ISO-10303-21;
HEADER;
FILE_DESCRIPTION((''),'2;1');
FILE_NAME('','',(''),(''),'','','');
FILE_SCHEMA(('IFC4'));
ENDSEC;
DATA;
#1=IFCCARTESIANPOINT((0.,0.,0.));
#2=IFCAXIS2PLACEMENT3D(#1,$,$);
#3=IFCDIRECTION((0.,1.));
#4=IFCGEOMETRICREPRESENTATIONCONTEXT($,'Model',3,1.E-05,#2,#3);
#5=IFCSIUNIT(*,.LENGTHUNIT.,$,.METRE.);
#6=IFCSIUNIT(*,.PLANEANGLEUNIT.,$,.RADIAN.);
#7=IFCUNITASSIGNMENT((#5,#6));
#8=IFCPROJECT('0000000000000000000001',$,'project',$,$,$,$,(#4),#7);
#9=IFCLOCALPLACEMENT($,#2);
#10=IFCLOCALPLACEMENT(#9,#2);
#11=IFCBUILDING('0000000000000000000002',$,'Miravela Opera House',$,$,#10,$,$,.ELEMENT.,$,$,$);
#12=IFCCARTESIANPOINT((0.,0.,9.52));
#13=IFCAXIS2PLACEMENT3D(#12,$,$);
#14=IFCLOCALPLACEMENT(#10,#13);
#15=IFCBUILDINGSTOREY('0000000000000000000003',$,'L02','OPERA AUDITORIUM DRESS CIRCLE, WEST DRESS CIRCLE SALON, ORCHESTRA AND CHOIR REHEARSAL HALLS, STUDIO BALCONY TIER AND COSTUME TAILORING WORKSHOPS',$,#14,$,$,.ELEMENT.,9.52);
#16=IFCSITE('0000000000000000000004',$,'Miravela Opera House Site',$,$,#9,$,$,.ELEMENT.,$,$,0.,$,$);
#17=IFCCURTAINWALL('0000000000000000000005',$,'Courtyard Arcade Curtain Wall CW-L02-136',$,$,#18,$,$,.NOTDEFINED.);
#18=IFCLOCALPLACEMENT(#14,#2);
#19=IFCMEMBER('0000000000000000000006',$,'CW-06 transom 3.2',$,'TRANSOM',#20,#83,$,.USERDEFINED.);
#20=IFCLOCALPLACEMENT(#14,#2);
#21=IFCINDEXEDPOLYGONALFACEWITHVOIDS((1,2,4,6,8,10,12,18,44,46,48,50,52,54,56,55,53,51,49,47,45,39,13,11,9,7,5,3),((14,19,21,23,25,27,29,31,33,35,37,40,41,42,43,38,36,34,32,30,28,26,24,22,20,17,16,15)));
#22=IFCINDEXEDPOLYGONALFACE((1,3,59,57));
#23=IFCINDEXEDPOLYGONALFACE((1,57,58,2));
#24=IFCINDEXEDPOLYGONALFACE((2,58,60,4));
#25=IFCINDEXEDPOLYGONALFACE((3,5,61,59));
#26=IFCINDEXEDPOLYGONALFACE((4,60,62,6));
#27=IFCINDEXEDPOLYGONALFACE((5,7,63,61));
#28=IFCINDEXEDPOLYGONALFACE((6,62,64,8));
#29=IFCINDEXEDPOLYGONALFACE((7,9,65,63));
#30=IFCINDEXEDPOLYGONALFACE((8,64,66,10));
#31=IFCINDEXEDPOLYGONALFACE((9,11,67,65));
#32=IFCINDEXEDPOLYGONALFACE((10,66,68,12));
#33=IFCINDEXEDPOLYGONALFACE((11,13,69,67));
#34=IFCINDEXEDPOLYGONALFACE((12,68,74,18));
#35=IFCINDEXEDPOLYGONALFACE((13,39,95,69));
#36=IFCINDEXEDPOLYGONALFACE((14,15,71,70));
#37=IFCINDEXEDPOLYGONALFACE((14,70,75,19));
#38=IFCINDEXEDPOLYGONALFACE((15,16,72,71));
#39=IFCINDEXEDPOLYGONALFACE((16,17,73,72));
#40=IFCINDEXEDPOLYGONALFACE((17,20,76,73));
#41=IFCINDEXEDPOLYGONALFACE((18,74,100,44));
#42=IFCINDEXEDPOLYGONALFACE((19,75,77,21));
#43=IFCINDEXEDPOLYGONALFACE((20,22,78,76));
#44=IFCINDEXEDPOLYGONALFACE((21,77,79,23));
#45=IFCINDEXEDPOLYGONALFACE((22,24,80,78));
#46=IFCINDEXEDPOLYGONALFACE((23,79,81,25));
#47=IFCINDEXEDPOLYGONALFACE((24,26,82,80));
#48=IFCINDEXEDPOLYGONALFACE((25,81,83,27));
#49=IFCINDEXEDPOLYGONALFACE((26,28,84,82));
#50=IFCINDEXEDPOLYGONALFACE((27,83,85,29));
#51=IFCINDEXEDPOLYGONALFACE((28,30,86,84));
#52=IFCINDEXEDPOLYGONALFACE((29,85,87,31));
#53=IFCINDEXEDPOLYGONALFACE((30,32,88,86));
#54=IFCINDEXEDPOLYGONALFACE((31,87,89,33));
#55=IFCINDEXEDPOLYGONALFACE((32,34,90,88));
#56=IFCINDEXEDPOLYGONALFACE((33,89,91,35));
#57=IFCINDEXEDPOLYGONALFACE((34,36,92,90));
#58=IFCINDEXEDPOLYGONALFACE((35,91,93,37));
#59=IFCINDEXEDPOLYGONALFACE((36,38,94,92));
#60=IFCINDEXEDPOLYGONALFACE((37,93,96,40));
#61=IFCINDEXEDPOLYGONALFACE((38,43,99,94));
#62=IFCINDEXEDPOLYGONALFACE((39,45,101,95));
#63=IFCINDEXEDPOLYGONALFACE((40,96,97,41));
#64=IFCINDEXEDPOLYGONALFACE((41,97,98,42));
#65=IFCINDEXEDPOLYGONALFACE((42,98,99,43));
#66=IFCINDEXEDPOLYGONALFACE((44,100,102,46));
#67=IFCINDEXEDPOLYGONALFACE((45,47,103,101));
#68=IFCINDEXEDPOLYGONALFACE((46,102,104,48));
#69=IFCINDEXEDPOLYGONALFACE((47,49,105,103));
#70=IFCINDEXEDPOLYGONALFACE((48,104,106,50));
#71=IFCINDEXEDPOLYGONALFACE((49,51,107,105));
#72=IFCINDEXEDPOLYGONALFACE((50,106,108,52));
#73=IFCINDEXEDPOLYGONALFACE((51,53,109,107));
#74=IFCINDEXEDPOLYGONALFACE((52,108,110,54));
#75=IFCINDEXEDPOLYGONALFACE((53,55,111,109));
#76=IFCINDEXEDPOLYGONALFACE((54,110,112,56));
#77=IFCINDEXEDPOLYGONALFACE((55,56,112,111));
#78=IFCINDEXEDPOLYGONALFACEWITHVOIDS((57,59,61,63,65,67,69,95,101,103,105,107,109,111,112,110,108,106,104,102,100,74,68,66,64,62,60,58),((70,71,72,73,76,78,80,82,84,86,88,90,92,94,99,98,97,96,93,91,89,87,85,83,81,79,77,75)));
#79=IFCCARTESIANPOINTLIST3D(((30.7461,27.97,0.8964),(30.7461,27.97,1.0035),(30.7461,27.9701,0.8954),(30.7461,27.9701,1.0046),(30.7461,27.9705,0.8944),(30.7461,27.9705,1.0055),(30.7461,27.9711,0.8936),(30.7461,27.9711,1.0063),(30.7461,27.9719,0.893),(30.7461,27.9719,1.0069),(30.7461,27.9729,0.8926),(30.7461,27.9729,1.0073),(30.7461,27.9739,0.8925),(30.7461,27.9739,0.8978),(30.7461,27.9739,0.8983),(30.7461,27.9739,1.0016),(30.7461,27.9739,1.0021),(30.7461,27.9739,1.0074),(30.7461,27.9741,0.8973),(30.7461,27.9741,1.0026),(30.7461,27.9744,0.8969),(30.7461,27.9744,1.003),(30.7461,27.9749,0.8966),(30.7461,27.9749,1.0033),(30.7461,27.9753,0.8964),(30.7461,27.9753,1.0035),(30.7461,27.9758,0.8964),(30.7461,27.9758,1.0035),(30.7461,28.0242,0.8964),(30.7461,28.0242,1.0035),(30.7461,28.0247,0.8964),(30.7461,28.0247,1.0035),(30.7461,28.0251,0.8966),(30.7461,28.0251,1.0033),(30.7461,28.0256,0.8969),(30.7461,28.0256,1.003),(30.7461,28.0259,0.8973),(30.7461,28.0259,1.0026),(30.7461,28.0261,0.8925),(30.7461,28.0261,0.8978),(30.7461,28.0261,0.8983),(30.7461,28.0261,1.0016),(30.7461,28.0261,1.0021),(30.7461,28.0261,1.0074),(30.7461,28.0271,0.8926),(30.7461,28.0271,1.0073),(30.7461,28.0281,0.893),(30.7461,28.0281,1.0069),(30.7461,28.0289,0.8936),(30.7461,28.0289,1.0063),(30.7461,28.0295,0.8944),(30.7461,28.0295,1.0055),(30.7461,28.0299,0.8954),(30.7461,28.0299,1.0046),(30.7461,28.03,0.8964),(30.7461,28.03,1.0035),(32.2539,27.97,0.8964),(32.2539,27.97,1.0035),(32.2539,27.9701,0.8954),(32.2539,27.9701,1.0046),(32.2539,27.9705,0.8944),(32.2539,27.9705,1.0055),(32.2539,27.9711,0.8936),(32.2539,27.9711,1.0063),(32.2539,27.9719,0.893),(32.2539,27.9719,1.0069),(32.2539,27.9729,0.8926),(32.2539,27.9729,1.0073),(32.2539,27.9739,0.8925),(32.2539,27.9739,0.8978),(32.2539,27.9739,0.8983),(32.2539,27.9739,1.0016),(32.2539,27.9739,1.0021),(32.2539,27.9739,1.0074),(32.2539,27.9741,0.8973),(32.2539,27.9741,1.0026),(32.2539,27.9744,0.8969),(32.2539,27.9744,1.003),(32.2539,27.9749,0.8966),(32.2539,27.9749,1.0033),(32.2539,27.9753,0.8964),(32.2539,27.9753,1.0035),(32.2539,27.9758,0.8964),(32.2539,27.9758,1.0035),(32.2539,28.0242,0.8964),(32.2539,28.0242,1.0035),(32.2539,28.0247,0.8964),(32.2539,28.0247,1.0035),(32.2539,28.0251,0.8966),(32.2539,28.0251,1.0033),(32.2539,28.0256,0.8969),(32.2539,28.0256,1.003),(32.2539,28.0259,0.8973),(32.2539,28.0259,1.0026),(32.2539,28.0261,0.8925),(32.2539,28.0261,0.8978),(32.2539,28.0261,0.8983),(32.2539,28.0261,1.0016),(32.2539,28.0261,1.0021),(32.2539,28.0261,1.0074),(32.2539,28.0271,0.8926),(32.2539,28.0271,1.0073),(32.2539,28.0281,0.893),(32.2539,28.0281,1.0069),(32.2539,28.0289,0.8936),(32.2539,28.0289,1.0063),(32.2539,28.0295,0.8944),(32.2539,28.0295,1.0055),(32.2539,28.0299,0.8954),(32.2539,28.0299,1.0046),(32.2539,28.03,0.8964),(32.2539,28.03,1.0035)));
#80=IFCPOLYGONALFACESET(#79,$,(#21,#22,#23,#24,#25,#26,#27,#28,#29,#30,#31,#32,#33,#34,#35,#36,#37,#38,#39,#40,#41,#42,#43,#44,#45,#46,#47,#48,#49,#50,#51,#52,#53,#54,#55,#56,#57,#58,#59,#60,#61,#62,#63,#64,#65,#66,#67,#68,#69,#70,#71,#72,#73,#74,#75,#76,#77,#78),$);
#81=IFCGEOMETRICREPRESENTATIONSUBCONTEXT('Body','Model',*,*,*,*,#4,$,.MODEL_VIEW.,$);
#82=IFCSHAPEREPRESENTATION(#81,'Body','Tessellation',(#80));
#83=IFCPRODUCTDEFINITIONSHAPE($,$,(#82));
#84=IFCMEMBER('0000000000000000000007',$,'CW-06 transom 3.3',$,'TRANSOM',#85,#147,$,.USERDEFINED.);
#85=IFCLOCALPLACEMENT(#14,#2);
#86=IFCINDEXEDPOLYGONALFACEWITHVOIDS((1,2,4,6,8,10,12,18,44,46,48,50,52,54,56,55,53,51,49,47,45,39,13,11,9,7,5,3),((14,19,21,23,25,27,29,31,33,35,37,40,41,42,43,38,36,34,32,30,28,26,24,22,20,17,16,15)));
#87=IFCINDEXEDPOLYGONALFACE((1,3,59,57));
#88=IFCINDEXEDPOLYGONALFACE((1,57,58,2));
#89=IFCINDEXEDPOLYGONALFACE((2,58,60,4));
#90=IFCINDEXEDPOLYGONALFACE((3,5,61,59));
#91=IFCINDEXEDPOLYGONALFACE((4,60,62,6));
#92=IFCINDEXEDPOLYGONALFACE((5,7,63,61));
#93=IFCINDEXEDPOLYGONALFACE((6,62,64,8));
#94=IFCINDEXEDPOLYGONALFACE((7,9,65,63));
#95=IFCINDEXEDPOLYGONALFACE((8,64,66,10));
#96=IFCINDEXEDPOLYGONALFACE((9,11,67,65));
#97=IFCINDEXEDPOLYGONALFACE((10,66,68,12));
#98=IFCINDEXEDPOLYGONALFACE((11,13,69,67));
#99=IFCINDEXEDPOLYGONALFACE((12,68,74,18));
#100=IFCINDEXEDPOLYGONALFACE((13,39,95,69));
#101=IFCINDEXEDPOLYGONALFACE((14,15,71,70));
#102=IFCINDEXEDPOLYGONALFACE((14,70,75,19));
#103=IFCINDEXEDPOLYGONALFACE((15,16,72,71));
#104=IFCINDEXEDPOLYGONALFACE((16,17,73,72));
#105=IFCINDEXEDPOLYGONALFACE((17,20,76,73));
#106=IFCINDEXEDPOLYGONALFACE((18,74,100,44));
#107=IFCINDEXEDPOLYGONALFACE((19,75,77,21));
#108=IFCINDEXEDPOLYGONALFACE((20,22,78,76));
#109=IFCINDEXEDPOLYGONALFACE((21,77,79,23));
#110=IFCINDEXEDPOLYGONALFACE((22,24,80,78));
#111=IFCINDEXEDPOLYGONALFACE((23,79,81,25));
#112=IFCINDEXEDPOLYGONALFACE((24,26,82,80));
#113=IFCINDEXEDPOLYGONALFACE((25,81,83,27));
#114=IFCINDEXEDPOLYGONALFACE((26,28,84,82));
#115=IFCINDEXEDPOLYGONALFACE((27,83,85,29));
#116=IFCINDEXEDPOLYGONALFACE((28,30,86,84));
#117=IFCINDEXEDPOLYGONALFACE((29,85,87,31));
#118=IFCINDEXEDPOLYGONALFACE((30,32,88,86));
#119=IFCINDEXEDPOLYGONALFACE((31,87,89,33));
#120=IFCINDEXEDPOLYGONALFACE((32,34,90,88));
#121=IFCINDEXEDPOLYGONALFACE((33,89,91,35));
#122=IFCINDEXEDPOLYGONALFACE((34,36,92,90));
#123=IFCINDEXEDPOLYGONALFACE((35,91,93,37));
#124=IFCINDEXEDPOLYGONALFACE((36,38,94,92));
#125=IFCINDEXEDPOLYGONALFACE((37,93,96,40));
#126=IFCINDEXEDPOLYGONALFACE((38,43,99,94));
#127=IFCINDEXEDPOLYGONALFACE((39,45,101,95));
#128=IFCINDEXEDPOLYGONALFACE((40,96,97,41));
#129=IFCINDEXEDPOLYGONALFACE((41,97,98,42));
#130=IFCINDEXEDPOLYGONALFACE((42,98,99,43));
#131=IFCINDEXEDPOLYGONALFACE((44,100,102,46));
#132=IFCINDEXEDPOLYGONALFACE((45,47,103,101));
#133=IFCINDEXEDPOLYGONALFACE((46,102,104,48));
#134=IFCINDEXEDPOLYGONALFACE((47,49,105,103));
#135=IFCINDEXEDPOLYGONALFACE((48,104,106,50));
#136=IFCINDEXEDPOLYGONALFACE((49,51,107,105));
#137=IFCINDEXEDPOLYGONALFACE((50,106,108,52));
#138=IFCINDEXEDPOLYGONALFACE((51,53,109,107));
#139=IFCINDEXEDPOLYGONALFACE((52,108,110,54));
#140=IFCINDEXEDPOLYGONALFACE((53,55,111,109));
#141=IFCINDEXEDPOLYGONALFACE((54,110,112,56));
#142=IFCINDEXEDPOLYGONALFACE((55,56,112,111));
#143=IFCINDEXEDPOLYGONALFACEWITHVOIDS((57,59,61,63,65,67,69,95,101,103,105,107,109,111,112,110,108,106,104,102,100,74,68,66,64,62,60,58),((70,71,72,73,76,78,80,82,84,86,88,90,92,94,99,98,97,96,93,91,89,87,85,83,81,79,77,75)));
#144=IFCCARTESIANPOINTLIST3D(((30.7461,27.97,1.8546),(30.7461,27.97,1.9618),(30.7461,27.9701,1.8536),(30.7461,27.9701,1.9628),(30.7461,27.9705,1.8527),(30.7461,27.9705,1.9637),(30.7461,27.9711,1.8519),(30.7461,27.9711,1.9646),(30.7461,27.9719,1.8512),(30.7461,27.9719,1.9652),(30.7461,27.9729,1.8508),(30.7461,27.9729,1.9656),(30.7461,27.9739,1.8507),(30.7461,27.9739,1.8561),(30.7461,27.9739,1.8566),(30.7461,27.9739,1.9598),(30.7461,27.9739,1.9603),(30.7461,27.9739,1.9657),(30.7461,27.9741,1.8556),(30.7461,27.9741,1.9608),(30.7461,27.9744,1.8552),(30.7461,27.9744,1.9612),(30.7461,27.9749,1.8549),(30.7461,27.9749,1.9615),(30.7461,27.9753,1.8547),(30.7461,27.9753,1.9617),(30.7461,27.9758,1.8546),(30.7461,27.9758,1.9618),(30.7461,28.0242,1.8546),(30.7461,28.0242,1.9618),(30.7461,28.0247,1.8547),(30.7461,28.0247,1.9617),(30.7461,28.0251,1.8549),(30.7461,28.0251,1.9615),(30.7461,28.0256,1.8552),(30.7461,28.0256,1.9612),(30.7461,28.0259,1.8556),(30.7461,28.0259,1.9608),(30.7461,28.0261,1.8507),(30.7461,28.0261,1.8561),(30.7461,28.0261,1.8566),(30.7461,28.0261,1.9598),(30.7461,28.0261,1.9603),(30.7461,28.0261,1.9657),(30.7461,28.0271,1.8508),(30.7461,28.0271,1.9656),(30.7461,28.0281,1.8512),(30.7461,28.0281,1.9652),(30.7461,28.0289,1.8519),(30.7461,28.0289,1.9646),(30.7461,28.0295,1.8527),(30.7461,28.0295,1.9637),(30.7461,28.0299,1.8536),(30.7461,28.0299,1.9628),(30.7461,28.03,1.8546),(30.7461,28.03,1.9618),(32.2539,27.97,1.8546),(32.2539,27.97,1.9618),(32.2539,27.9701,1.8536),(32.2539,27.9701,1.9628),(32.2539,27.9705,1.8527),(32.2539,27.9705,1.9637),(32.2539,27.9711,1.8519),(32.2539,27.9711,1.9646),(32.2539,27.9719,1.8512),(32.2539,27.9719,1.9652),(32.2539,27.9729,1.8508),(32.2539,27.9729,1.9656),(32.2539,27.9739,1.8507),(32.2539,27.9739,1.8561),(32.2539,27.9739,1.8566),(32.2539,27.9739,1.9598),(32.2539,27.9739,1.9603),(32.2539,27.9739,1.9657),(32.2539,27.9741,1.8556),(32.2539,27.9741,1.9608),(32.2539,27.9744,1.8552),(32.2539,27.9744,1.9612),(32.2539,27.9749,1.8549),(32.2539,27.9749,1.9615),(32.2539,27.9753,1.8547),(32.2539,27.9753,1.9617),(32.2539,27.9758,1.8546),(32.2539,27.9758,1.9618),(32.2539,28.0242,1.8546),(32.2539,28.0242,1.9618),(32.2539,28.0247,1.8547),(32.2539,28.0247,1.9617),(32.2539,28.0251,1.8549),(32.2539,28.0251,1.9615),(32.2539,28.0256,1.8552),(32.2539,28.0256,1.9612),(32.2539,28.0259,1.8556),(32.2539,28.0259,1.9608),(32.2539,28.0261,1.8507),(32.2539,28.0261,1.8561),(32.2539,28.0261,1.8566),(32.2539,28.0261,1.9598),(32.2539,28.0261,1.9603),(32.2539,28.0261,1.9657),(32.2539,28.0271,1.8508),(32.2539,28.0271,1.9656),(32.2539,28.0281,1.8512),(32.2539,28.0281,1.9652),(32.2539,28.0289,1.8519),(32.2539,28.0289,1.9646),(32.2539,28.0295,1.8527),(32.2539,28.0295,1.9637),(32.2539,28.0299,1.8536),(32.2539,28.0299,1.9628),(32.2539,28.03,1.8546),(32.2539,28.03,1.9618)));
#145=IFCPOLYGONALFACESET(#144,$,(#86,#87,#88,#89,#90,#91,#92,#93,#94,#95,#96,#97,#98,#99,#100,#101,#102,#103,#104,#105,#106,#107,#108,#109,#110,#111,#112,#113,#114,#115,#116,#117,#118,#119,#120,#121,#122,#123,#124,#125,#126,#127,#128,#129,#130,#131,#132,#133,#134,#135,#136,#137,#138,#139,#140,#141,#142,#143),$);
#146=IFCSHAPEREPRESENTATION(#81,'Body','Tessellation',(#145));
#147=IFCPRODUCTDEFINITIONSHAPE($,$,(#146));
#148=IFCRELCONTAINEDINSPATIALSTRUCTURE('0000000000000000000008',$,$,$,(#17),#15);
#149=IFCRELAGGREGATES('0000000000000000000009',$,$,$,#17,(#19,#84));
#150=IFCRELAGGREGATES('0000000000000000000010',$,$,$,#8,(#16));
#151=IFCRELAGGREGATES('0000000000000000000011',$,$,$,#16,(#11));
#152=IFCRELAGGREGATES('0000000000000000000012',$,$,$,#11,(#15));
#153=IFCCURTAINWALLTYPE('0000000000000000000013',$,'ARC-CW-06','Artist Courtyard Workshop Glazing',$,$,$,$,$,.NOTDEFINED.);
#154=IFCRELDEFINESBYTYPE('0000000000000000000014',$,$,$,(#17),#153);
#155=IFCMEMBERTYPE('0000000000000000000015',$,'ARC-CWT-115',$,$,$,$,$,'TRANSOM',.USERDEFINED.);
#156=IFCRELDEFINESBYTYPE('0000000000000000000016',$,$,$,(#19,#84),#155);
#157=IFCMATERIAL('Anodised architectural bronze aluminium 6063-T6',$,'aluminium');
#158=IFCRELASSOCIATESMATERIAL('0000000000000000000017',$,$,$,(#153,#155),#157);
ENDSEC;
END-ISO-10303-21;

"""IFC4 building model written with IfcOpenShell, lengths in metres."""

from ifc_helpers import new_model, si_unit, direction, frame, origin, origin_2d, place, context, subcontext, project, spatial, hollow_rectangle, extrude, material, material_profile, profile_set, type_object, element, aggregate, save


model = new_model("IFC4")

# Units and contexts
model_context = context("Model", 3, precision=1e-05, world=origin(), true_north=direction((0.0, 1.0)))
body_context = subcontext(model_context, "Body", "Model", "MODEL_VIEW")
ifc_project = project(units=[si_unit("LENGTHUNIT", "METRE"), si_unit("PLANEANGLEUNIT", "RADIAN")], contexts=[model_context])

# Site, building, storey
site_placement = place(None, origin())
site = spatial("IfcSite", under=ifc_project, at=site_placement, Name="Miravela Opera House Site", CompositionType="ELEMENT", RefElevation=0.0)
building_placement = place(site_placement, origin())
building = spatial("IfcBuilding", under=site, at=building_placement, Name="Miravela Opera House", CompositionType="ELEMENT")
storey_placement = place(building_placement, frame((0.0, 0.0, 9.52)))
storey = spatial("IfcBuildingStorey", under=building, at=storey_placement, Name="L02", Description="OPERA AUDITORIUM DRESS CIRCLE, WEST DRESS CIRCLE SALON, ORCHESTRA AND CHOIR REHEARSAL HALLS, STUDIO BALCONY TIER AND COSTUME TAILORING WORKSHOPS", CompositionType="ELEMENT", Elevation=9.52)

# Curtain wall, members
ifc_material_1 = material(Name="Anodised architectural bronze aluminium 6063-T6", Category="aluminium")
curtain_wall_type = type_object("IfcCurtainWallType", Name="ARC-CW-06", Description="Artist Courtyard Workshop Glazing", PredefinedType="NOTDEFINED", material=ifc_material_1)
curtain_wall_placement = place(storey_placement, origin())
curtain_wall = element("IfcCurtainWall", 1, at=curtain_wall_placement, inside=storey, type_object=curtain_wall_type, Name="Courtyard Arcade Curtain Wall CW-L02-136", PredefinedType="NOTDEFINED")
ifc_material_profile_1 = material_profile(ifc_material_1, hollow_rectangle(XDim=0.0601, YDim=0.115, WallThickness=0.0039, InnerFilletRadius=0.002, OuterFilletRadius=0.0039, at=origin_2d()), Name="CWT-60X115")
ifc_profile_set_1 = profile_set([ifc_material_profile_1])
member_type_1 = type_object("IfcMemberType", Name="ARC-CWT-115", ElementType="TRANSOM", PredefinedType="USERDEFINED", material=ifc_profile_set_1)
member_1_placement = place(storey_placement, frame((30.7461, 28.0, 0.95), z_axis=(1.0, 0.0, 0.0), x_axis=(0.0, 1.0, 0.0)))
member_1 = element("IfcMember", 2, at=member_1_placement, type_object=member_type_1, Name="CW-06 transom 3.2", ObjectType="TRANSOM", PredefinedType="USERDEFINED", context=body_context, shape_type="SweptSolid", body=[
    extrude(hollow_rectangle(XDim=0.0601, YDim=0.115, WallThickness=0.0039, InnerFilletRadius=0.002, OuterFilletRadius=0.0039, at=origin_2d()), origin(), (0.0, 0.0, 1.0), 1.5078),
])
member_2_placement = place(storey_placement, frame((30.7461, 28.0, 1.9082), z_axis=(1.0, 0.0, 0.0), x_axis=(0.0, 1.0, 0.0)))
member_2 = element("IfcMember", 3, at=member_2_placement, type_object=member_type_1, Name="CW-06 transom 3.3", ObjectType="TRANSOM", PredefinedType="USERDEFINED", context=body_context, shape_type="SweptSolid", body=[
    extrude(hollow_rectangle(XDim=0.0601, YDim=0.115, WallThickness=0.0039, InnerFilletRadius=0.002, OuterFilletRadius=0.0039, at=origin_2d()), origin(), (0.0, 0.0, 1.0), 1.5078),
])
aggregate(curtain_wall, [member_1, member_2])

save(model, "model.ifc")
